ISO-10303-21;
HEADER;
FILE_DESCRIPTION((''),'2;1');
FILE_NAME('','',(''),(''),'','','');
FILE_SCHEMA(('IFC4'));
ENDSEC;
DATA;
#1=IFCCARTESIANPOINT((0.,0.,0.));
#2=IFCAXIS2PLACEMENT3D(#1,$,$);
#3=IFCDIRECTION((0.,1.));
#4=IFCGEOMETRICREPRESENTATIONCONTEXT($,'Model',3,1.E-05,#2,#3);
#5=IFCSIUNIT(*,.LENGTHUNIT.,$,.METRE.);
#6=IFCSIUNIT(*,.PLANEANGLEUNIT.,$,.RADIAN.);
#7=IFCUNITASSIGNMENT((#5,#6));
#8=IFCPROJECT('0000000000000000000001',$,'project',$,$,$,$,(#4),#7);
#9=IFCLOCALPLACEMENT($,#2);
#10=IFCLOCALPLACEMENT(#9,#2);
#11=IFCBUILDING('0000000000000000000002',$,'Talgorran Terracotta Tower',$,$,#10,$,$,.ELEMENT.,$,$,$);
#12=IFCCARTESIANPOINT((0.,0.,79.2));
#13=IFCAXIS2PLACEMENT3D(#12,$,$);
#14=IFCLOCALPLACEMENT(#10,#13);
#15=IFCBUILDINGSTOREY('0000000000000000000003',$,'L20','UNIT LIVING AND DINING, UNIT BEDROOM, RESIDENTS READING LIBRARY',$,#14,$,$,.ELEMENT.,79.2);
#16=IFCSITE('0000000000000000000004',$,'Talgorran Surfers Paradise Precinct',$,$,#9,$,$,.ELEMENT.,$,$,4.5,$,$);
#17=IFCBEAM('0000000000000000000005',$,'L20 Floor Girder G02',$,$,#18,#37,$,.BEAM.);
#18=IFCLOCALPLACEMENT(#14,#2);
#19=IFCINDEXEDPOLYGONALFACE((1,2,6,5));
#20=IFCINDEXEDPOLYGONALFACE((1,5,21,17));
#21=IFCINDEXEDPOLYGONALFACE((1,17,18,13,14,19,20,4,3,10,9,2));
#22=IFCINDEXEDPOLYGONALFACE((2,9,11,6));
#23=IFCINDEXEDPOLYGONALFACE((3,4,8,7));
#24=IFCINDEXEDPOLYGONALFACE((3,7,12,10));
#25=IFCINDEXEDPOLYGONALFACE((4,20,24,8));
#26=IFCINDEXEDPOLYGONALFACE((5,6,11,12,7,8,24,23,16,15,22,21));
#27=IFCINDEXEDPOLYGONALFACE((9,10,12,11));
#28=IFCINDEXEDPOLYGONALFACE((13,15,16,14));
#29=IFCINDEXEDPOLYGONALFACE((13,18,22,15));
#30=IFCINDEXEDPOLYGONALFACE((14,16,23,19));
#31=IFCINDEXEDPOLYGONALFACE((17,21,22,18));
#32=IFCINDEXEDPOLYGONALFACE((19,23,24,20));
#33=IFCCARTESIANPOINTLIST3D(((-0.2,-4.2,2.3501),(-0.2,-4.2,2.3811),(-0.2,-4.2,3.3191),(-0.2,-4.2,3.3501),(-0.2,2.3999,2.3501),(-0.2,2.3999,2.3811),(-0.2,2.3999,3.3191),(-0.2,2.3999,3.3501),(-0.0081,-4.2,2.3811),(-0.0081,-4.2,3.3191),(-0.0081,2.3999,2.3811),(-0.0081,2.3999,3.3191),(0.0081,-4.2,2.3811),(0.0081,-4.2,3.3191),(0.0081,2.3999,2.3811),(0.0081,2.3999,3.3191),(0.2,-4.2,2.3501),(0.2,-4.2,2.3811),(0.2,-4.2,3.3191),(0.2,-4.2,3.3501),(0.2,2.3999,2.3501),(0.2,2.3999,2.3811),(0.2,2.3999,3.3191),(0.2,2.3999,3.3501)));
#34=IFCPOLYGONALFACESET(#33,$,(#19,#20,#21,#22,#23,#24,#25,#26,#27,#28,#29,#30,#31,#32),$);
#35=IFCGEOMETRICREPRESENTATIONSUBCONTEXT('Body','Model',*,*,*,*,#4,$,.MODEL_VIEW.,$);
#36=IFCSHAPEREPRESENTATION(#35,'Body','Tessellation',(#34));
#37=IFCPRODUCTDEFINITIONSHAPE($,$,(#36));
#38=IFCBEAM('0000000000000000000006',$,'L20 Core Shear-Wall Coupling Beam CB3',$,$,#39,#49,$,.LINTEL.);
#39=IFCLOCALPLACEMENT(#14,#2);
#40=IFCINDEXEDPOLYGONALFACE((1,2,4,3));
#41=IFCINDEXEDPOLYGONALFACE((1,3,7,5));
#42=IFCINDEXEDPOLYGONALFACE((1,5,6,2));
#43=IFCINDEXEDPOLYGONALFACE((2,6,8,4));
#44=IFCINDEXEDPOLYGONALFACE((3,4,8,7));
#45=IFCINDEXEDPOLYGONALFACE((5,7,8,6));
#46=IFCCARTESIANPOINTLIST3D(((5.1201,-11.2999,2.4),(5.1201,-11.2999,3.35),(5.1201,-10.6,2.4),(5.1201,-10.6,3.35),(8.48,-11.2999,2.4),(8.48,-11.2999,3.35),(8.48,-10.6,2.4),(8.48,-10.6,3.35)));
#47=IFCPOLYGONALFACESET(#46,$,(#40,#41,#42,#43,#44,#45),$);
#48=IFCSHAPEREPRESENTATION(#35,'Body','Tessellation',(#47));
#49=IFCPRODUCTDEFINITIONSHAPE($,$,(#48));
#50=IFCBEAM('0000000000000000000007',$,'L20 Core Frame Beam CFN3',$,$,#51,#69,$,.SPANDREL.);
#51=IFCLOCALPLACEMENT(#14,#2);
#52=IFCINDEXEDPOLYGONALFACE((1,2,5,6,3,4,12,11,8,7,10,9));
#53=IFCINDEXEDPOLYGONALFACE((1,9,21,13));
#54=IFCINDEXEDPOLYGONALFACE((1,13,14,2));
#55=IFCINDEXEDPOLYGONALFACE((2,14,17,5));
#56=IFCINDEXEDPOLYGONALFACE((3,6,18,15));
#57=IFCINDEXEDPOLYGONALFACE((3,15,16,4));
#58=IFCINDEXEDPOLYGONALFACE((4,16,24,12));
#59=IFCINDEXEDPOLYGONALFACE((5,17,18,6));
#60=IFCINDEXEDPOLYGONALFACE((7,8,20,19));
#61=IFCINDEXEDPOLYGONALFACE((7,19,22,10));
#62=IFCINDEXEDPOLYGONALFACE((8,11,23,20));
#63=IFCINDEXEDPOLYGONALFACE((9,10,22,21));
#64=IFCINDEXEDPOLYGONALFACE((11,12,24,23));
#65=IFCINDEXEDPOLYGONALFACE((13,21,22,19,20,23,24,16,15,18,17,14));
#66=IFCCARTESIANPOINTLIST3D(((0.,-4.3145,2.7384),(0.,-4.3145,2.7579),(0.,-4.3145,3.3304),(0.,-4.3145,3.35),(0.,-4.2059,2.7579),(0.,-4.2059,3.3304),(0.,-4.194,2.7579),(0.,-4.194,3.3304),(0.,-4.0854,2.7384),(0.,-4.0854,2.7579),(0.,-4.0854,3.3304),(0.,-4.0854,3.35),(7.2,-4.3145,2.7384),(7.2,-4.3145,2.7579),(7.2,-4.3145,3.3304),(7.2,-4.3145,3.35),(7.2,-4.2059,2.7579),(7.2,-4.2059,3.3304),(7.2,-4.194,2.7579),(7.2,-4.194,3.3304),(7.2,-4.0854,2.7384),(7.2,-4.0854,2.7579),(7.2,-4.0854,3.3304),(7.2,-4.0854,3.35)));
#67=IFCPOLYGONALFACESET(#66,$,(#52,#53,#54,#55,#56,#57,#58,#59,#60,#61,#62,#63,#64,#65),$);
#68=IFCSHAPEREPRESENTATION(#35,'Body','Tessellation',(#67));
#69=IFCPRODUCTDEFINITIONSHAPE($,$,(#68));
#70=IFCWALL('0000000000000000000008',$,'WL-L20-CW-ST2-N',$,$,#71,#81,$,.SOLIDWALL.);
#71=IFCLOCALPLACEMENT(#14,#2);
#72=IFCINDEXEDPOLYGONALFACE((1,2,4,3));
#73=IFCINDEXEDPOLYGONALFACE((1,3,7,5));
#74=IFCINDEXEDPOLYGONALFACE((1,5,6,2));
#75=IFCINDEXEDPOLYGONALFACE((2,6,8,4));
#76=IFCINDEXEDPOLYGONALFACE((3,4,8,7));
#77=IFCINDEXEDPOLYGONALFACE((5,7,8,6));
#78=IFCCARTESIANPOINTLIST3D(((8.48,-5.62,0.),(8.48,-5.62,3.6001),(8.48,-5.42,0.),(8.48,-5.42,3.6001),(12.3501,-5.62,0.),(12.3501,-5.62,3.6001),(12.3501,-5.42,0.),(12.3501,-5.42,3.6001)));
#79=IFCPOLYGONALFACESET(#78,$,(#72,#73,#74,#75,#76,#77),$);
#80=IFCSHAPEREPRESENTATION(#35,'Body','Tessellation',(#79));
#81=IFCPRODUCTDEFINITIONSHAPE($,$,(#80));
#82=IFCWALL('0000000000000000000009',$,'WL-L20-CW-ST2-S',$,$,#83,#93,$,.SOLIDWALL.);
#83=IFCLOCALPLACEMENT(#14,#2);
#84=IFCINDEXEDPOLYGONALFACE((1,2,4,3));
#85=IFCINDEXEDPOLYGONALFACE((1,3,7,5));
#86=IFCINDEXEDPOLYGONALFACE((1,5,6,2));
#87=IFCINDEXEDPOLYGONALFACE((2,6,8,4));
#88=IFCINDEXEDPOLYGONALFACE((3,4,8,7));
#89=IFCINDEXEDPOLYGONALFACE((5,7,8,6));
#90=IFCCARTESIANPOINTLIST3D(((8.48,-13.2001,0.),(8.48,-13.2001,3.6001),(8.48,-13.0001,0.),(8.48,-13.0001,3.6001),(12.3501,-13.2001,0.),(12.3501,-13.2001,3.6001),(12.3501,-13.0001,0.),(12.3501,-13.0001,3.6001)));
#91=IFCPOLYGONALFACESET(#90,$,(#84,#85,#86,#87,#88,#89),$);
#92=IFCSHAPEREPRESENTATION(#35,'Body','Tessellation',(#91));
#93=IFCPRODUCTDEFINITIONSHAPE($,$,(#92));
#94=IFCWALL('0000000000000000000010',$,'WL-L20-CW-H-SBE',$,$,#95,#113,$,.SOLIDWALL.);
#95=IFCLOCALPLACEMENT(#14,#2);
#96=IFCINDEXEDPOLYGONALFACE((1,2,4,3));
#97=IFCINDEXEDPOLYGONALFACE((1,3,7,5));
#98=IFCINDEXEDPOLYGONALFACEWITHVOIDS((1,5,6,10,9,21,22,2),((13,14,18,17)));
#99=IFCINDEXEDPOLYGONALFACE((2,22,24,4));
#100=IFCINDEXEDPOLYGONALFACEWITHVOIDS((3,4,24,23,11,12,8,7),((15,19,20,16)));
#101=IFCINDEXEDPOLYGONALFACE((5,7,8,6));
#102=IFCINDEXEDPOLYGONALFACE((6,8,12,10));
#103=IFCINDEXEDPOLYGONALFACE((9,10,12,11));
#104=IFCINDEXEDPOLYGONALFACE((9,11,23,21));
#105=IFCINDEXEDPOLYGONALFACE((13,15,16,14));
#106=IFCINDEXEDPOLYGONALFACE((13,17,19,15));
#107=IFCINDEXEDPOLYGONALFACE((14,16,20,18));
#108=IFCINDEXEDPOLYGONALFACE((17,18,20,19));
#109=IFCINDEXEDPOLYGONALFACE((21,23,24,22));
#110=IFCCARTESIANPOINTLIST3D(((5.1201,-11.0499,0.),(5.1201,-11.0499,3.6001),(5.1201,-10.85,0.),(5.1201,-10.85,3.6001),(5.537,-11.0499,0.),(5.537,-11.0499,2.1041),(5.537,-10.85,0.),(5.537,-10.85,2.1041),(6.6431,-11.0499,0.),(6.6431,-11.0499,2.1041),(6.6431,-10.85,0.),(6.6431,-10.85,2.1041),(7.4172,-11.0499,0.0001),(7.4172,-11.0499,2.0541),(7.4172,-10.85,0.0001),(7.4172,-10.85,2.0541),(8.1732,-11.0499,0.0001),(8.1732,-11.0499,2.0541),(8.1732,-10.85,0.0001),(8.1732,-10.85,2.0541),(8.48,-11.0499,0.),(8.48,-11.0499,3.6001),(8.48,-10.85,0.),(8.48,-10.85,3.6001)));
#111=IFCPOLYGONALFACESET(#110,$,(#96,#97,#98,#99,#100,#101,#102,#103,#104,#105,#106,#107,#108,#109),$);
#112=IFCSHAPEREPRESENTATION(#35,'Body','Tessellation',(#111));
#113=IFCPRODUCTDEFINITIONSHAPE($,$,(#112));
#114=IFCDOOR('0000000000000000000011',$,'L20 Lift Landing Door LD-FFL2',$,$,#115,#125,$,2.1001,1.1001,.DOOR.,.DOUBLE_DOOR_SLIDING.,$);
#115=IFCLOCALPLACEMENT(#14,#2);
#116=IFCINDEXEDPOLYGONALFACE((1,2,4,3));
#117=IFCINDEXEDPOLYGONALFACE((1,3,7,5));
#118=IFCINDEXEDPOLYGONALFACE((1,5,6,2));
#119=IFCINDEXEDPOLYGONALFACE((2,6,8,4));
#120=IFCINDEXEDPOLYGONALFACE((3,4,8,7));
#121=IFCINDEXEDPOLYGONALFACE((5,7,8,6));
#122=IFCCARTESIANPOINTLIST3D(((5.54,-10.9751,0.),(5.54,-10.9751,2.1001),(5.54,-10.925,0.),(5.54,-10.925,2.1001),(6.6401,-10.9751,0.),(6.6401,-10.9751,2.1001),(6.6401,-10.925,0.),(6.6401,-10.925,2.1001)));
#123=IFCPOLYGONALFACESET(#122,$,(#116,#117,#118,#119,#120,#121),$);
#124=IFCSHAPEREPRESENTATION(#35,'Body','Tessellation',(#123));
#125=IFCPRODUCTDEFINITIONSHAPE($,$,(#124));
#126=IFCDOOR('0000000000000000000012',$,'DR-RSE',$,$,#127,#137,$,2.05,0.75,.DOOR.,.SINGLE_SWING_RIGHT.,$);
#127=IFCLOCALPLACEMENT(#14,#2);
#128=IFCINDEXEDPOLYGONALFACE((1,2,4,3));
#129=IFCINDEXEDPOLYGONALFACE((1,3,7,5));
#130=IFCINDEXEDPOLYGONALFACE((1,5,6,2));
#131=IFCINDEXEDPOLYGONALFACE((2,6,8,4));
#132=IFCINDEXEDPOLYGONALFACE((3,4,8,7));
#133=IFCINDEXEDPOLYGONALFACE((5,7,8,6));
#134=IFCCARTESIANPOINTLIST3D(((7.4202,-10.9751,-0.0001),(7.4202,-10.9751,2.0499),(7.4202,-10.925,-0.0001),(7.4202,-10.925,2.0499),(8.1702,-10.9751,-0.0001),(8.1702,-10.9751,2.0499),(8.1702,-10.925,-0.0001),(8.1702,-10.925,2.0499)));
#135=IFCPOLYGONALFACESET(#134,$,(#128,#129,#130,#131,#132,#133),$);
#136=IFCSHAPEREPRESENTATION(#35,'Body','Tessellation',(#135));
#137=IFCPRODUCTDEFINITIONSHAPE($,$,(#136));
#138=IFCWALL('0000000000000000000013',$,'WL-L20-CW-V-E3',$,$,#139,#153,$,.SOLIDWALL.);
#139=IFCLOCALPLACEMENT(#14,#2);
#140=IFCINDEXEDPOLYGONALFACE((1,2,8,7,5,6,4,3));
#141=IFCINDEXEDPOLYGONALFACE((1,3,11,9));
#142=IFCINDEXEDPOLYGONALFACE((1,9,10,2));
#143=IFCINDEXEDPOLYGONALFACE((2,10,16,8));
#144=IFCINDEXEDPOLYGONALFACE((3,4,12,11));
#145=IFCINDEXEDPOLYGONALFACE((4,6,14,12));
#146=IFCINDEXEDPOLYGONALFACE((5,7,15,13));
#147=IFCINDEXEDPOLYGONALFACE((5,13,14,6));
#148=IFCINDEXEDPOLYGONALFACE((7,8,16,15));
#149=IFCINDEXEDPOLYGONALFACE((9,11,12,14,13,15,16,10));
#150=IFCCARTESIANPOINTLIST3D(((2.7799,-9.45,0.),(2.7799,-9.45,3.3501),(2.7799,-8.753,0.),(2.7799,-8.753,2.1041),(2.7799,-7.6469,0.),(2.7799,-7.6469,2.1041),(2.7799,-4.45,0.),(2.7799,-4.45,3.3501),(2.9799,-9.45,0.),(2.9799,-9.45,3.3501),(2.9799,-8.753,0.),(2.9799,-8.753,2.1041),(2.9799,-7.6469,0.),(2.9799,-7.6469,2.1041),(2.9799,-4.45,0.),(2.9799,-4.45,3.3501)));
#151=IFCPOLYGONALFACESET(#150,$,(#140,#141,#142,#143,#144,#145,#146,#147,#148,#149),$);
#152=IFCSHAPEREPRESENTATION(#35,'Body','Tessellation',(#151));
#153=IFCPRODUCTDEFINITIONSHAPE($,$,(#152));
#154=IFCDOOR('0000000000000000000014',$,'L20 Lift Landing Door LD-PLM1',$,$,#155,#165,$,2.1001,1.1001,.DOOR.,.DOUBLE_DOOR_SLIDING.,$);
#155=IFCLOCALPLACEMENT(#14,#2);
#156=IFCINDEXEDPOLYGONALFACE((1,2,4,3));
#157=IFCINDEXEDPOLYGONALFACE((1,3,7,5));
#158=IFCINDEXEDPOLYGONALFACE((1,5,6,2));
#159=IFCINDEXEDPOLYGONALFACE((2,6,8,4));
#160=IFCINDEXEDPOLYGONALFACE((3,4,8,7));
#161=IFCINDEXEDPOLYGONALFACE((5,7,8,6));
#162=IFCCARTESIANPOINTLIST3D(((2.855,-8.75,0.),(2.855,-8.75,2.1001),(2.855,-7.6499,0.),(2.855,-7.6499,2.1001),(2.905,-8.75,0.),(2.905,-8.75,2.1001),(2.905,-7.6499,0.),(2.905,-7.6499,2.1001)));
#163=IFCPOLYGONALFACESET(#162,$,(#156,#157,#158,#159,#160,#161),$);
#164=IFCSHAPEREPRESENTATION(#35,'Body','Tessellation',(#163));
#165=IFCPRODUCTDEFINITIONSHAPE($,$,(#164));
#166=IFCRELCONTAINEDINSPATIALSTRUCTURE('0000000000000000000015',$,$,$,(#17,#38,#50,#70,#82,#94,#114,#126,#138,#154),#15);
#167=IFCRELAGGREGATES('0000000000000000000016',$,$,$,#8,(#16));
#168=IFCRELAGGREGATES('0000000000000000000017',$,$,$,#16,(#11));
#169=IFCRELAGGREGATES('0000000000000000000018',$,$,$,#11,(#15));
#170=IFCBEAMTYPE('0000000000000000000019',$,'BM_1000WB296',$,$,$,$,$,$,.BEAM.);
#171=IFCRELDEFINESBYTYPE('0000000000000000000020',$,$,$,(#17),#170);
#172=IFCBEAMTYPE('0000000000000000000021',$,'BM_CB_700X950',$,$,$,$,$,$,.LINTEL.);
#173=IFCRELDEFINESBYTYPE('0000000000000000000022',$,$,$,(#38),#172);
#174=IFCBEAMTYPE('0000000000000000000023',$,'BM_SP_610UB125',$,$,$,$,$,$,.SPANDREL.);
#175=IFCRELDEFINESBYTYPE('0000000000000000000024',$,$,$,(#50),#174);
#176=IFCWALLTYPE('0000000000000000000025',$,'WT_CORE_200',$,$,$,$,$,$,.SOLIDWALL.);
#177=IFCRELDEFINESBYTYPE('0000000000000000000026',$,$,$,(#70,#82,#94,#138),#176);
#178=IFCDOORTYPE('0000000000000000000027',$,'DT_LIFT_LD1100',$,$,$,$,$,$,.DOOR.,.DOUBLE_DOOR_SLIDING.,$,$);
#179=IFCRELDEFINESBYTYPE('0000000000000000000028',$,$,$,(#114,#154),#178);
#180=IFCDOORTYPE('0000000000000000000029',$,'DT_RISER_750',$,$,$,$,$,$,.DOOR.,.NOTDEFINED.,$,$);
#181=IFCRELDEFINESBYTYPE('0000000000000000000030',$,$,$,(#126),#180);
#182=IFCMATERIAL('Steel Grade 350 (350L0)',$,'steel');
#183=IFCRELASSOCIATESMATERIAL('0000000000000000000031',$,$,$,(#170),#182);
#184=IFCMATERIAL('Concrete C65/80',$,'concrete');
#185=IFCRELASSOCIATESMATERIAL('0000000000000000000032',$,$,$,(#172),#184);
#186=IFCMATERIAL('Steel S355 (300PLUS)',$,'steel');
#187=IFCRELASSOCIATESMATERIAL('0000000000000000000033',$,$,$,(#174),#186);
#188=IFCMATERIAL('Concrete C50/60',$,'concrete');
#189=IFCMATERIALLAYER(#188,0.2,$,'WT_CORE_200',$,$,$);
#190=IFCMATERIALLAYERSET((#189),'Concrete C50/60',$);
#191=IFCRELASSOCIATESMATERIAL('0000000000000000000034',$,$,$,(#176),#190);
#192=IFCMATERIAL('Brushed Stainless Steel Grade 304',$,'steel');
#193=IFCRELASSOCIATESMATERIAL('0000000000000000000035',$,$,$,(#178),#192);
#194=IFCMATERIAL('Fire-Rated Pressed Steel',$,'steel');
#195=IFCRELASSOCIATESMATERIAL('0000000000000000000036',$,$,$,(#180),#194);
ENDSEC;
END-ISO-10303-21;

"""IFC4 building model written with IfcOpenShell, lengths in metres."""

from ifc_helpers import new_model, si_unit, direction, frame, frame_2d, origin, origin_2d, place, context, subcontext, project, spatial, rectangle, i_section, extrude, material, layer, layer_set, material_profile, profile_set, type_object, element, fill, save


model = new_model("IFC4")

# Units and contexts
model_context = context("Model", 3, precision=1e-05, world=origin(), true_north=direction((0.0, 1.0)))
body_context = subcontext(model_context, "Body", "Model", "MODEL_VIEW")
ifc_project = project(units=[si_unit("LENGTHUNIT", "METRE"), si_unit("PLANEANGLEUNIT", "RADIAN")], contexts=[model_context])

# Site, building, storey
site_placement = place(None, origin())
site = spatial("IfcSite", under=ifc_project, at=site_placement, Name="Talgorran Surfers Paradise Precinct", CompositionType="ELEMENT", RefElevation=4.5)
building_placement = place(site_placement, origin())
building = spatial("IfcBuilding", under=site, at=building_placement, Name="Talgorran Terracotta Tower", CompositionType="ELEMENT")
storey_placement = place(building_placement, frame((0.0, 0.0, 79.2)))
storey = spatial("IfcBuildingStorey", under=building, at=storey_placement, Name="L20", Description="UNIT LIVING AND DINING, UNIT BEDROOM, RESIDENTS READING LIBRARY", CompositionType="ELEMENT", Elevation=79.2)

# Beams
ifc_material_1 = material(Name="Steel Grade 350 (350L0)", Category="steel")
ifc_material_profile_1 = material_profile(ifc_material_1, i_section(OverallWidth=0.3999, OverallDepth=1.0, WebThickness=0.0161, FlangeThickness=0.031, at=origin_2d()), Name="1000WB296")
ifc_profile_set_1 = profile_set([ifc_material_profile_1], Name="Steel Grade 350 (350L0)")
beam_type_1 = type_object("IfcBeamType", Name="BM_1000WB296", PredefinedType="BEAM", material=ifc_profile_set_1)
beam_1_placement = place(storey_placement, frame((0.0, -4.2, 2.8501), z_axis=(0.0, 1.0, 0.0), x_axis=(-1.0, 0.0, 0.0)))
element("IfcBeam", 1, at=beam_1_placement, inside=storey, type_object=beam_type_1, Name="L20 Floor Girder G02", PredefinedType="BEAM", context=body_context, shape_type="SweptSolid", body=[
    extrude(i_section(OverallWidth=0.3999, OverallDepth=1.0, WebThickness=0.0161, FlangeThickness=0.031, at=origin_2d()), origin(), (0.0, 0.0, 1.0), 6.5999),
])
ifc_material_2 = material(Name="Concrete C65/80", Category="concrete")
ifc_material_profile_2 = material_profile(ifc_material_2, rectangle(XDim=0.7, YDim=0.95, at=origin_2d()), Name="RCCB700X950")
ifc_profile_set_2 = profile_set([ifc_material_profile_2], Name="Concrete C65/80")
beam_type_2 = type_object("IfcBeamType", Name="BM_CB_700X950", PredefinedType="LINTEL", material=ifc_profile_set_2)
beam_2_placement = place(storey_placement, frame((5.1201, -10.95, 2.875), z_axis=(1.0, 0.0, 0.0), x_axis=(0.0, 1.0, 0.0)))
element("IfcBeam", 2, at=beam_2_placement, inside=storey, type_object=beam_type_2, Name="L20 Core Shear-Wall Coupling Beam CB3", PredefinedType="LINTEL", context=body_context, shape_type="SweptSolid", body=[
    extrude(rectangle(XDim=0.7, YDim=0.95, at=origin_2d()), origin(), (0.0, 0.0, 1.0), 3.3599),
])
ifc_material_3 = material(Name="Steel S355 (300PLUS)", Category="steel")
ifc_material_profile_3 = material_profile(ifc_material_3, i_section(OverallWidth=0.229, OverallDepth=0.6116, WebThickness=0.012, FlangeThickness=0.0195, at=origin_2d()), Name="610UB125")
ifc_profile_set_3 = profile_set([ifc_material_profile_3], Name="Steel S355 (300PLUS)")
beam_type_3 = type_object("IfcBeamType", Name="BM_SP_610UB125", PredefinedType="SPANDREL", material=ifc_profile_set_3)
beam_3_placement = place(storey_placement, frame((0.0, -4.2, 3.0442), z_axis=(1.0, 0.0, 0.0), x_axis=(0.0, 1.0, 0.0)))
element("IfcBeam", 3, at=beam_3_placement, inside=storey, type_object=beam_type_3, Name="L20 Core Frame Beam CFN3", PredefinedType="SPANDREL", context=body_context, shape_type="SweptSolid", body=[
    extrude(i_section(OverallWidth=0.229, OverallDepth=0.6116, WebThickness=0.012, FlangeThickness=0.0195, at=origin_2d()), origin(), (0.0, 0.0, 1.0), 7.2),
])

# Walls
ifc_material_4 = material(Name="Concrete C50/60", Category="concrete")
ifc_layer_1 = layer(ifc_material_4, 0.2, Name="WT_CORE_200")
ifc_layer_set_1 = layer_set([ifc_layer_1], Name="Concrete C50/60")
wall_type_1 = type_object("IfcWallType", Name="WT_CORE_200", PredefinedType="SOLIDWALL", material=ifc_layer_set_1)
for number, where, z_axis, x_axis, name in (
    (4, (8.48, -5.52, 0.0), (0.0, 0.0, 1.0), (1.0, 0.0, 0.0), "WL-L20-CW-ST2-N"),
    (5, (8.48, -13.1001, 0.0), (0.0, 0.0, 1.0), (1.0, 0.0, 0.0), "WL-L20-CW-ST2-S"),
):
    element("IfcWall", number, at=place(storey_placement, frame(where, z_axis=z_axis, x_axis=x_axis)), inside=storey, type_object=wall_type_1, Name=name, PredefinedType="SOLIDWALL", context=body_context, shape_type="SweptSolid", body=[
        extrude(rectangle(XDim=3.8701, YDim=0.2, at=frame_2d((1.9351, 0.0))), origin(), (0.0, 0.0, 1.0), 3.6001),
    ])

# Wall, openings, doors
wall_1_placement = place(storey_placement, frame((5.1201, -10.95, 0.0), z_axis=(0.0, 0.0, 1.0), x_axis=(1.0, 0.0, 0.0)))
wall_1 = element("IfcWall", 6, at=wall_1_placement, inside=storey, type_object=wall_type_1, Name="WL-L20-CW-H-SBE", PredefinedType="SOLIDWALL", context=body_context, shape_type="SweptSolid", body=[
    extrude(rectangle(XDim=3.3599, YDim=0.2, at=frame_2d((1.6799, 0.0))), origin(), (0.0, 0.0, 1.0), 3.6001),
])
opening_1_placement = place(wall_1_placement, frame((0.4199, 0.0, 0.0)))
opening_1 = element("IfcOpeningElement", 7, at=opening_1_placement, cuts=wall_1, PredefinedType="OPENING", context=body_context, shape_type="SweptSolid", body=[
    extrude(rectangle(XDim=1.1061, YDim=2.1041, at=frame_2d((0.55, 1.052))), frame((0.0, 0.1099, 0.0), z_axis=(0.0, -1.0, 0.0), x_axis=(1.0, 0.0, 0.0)), (0.0, 0.0, 1.0), 0.22),
])
opening_2_placement = place(wall_1_placement, frame((2.3, 0.0, 0.0)))
opening_2 = element("IfcOpeningElement", 8, at=opening_2_placement, cuts=wall_1, PredefinedType="OPENING", context=body_context, shape_type="SweptSolid", body=[
    extrude(rectangle(XDim=0.756, YDim=2.054, at=frame_2d((0.375, 1.0271))), frame((0.0, 0.1099, 0.0), z_axis=(0.0, -1.0, 0.0), x_axis=(1.0, 0.0, 0.0)), (0.0, 0.0, 1.0), 0.22),
])
ifc_material_5 = material(Name="Brushed Stainless Steel Grade 304", Category="steel")
door_type_1 = type_object("IfcDoorType", Name="DT_LIFT_LD1100", OperationType="DOUBLE_DOOR_SLIDING", PredefinedType="DOOR", material=ifc_material_5)
door_1_placement = place(opening_1_placement, origin())
door_1 = element("IfcDoor", 9, at=door_1_placement, inside=storey, type_object=door_type_1, Name="L20 Lift Landing Door LD-FFL2", OperationType="DOUBLE_DOOR_SLIDING", OverallHeight=2.1001, OverallWidth=1.1001, PredefinedType="DOOR", context=body_context, shape_type="SweptSolid", body=[
    extrude(rectangle(XDim=1.1001, YDim=2.1001, at=frame_2d((0.55, 1.05))), frame((0.0, 0.0249, 0.0), z_axis=(0.0, -1.0, 0.0), x_axis=(1.0, 0.0, 0.0)), (0.0, 0.0, 1.0), 0.05),
])
fill(opening_1, door_1)
ifc_material_6 = material(Name="Fire-Rated Pressed Steel", Category="steel")
door_type_2 = type_object("IfcDoorType", Name="DT_RISER_750", OperationType="NOTDEFINED", PredefinedType="DOOR", material=ifc_material_6)
door_2_placement = place(opening_2_placement, origin())
door_2 = element("IfcDoor", 10, at=door_2_placement, inside=storey, type_object=door_type_2, Name="DR-RSE", OperationType="SINGLE_SWING_RIGHT", OverallHeight=2.05, OverallWidth=0.75, PredefinedType="DOOR", context=body_context, shape_type="SweptSolid", body=[
    extrude(rectangle(XDim=0.75, YDim=2.05, at=frame_2d((0.375, 1.0249))), frame((0.0, 0.0249, 0.0), z_axis=(0.0, -1.0, 0.0), x_axis=(1.0, 0.0, 0.0)), (0.0, 0.0, 1.0), 0.05),
])
fill(opening_2, door_2)

# Wall, opening, door
wall_2_placement = place(storey_placement, frame((2.8799, -9.45, 0.0), z_axis=(0.0, 0.0, 1.0), x_axis=(0.0, 1.0, 0.0)))
wall_2 = element("IfcWall", 11, at=wall_2_placement, inside=storey, type_object=wall_type_1, Name="WL-L20-CW-V-E3", PredefinedType="SOLIDWALL", context=body_context, shape_type="SweptSolid", body=[
    extrude(rectangle(XDim=5.0, YDim=0.2, at=frame_2d((2.5, 0.0))), origin(), (0.0, 0.0, 1.0), 3.3501),
])
opening_3_placement = place(wall_2_placement, frame((0.7, 0.0, 0.0)))
opening_3 = element("IfcOpeningElement", 12, at=opening_3_placement, cuts=wall_2, PredefinedType="OPENING", context=body_context, shape_type="SweptSolid", body=[
    extrude(rectangle(XDim=1.1061, YDim=2.1041, at=frame_2d((0.55, 1.052))), frame((0.0, 0.1099, 0.0), z_axis=(0.0, -1.0, 0.0), x_axis=(1.0, 0.0, 0.0)), (0.0, 0.0, 1.0), 0.22),
])
door_3_placement = place(opening_3_placement, origin())
door_3 = element("IfcDoor", 13, at=door_3_placement, inside=storey, type_object=door_type_1, Name="L20 Lift Landing Door LD-PLM1", OperationType="DOUBLE_DOOR_SLIDING", OverallHeight=2.1001, OverallWidth=1.1001, PredefinedType="DOOR", context=body_context, shape_type="SweptSolid", body=[
    extrude(rectangle(XDim=1.1001, YDim=2.1001, at=frame_2d((0.55, 1.05))), frame((0.0, 0.0249, 0.0), z_axis=(0.0, -1.0, 0.0), x_axis=(1.0, 0.0, 0.0)), (0.0, 0.0, 1.0), 0.05),
])
fill(opening_3, door_3)

save(model, "model.ifc")
